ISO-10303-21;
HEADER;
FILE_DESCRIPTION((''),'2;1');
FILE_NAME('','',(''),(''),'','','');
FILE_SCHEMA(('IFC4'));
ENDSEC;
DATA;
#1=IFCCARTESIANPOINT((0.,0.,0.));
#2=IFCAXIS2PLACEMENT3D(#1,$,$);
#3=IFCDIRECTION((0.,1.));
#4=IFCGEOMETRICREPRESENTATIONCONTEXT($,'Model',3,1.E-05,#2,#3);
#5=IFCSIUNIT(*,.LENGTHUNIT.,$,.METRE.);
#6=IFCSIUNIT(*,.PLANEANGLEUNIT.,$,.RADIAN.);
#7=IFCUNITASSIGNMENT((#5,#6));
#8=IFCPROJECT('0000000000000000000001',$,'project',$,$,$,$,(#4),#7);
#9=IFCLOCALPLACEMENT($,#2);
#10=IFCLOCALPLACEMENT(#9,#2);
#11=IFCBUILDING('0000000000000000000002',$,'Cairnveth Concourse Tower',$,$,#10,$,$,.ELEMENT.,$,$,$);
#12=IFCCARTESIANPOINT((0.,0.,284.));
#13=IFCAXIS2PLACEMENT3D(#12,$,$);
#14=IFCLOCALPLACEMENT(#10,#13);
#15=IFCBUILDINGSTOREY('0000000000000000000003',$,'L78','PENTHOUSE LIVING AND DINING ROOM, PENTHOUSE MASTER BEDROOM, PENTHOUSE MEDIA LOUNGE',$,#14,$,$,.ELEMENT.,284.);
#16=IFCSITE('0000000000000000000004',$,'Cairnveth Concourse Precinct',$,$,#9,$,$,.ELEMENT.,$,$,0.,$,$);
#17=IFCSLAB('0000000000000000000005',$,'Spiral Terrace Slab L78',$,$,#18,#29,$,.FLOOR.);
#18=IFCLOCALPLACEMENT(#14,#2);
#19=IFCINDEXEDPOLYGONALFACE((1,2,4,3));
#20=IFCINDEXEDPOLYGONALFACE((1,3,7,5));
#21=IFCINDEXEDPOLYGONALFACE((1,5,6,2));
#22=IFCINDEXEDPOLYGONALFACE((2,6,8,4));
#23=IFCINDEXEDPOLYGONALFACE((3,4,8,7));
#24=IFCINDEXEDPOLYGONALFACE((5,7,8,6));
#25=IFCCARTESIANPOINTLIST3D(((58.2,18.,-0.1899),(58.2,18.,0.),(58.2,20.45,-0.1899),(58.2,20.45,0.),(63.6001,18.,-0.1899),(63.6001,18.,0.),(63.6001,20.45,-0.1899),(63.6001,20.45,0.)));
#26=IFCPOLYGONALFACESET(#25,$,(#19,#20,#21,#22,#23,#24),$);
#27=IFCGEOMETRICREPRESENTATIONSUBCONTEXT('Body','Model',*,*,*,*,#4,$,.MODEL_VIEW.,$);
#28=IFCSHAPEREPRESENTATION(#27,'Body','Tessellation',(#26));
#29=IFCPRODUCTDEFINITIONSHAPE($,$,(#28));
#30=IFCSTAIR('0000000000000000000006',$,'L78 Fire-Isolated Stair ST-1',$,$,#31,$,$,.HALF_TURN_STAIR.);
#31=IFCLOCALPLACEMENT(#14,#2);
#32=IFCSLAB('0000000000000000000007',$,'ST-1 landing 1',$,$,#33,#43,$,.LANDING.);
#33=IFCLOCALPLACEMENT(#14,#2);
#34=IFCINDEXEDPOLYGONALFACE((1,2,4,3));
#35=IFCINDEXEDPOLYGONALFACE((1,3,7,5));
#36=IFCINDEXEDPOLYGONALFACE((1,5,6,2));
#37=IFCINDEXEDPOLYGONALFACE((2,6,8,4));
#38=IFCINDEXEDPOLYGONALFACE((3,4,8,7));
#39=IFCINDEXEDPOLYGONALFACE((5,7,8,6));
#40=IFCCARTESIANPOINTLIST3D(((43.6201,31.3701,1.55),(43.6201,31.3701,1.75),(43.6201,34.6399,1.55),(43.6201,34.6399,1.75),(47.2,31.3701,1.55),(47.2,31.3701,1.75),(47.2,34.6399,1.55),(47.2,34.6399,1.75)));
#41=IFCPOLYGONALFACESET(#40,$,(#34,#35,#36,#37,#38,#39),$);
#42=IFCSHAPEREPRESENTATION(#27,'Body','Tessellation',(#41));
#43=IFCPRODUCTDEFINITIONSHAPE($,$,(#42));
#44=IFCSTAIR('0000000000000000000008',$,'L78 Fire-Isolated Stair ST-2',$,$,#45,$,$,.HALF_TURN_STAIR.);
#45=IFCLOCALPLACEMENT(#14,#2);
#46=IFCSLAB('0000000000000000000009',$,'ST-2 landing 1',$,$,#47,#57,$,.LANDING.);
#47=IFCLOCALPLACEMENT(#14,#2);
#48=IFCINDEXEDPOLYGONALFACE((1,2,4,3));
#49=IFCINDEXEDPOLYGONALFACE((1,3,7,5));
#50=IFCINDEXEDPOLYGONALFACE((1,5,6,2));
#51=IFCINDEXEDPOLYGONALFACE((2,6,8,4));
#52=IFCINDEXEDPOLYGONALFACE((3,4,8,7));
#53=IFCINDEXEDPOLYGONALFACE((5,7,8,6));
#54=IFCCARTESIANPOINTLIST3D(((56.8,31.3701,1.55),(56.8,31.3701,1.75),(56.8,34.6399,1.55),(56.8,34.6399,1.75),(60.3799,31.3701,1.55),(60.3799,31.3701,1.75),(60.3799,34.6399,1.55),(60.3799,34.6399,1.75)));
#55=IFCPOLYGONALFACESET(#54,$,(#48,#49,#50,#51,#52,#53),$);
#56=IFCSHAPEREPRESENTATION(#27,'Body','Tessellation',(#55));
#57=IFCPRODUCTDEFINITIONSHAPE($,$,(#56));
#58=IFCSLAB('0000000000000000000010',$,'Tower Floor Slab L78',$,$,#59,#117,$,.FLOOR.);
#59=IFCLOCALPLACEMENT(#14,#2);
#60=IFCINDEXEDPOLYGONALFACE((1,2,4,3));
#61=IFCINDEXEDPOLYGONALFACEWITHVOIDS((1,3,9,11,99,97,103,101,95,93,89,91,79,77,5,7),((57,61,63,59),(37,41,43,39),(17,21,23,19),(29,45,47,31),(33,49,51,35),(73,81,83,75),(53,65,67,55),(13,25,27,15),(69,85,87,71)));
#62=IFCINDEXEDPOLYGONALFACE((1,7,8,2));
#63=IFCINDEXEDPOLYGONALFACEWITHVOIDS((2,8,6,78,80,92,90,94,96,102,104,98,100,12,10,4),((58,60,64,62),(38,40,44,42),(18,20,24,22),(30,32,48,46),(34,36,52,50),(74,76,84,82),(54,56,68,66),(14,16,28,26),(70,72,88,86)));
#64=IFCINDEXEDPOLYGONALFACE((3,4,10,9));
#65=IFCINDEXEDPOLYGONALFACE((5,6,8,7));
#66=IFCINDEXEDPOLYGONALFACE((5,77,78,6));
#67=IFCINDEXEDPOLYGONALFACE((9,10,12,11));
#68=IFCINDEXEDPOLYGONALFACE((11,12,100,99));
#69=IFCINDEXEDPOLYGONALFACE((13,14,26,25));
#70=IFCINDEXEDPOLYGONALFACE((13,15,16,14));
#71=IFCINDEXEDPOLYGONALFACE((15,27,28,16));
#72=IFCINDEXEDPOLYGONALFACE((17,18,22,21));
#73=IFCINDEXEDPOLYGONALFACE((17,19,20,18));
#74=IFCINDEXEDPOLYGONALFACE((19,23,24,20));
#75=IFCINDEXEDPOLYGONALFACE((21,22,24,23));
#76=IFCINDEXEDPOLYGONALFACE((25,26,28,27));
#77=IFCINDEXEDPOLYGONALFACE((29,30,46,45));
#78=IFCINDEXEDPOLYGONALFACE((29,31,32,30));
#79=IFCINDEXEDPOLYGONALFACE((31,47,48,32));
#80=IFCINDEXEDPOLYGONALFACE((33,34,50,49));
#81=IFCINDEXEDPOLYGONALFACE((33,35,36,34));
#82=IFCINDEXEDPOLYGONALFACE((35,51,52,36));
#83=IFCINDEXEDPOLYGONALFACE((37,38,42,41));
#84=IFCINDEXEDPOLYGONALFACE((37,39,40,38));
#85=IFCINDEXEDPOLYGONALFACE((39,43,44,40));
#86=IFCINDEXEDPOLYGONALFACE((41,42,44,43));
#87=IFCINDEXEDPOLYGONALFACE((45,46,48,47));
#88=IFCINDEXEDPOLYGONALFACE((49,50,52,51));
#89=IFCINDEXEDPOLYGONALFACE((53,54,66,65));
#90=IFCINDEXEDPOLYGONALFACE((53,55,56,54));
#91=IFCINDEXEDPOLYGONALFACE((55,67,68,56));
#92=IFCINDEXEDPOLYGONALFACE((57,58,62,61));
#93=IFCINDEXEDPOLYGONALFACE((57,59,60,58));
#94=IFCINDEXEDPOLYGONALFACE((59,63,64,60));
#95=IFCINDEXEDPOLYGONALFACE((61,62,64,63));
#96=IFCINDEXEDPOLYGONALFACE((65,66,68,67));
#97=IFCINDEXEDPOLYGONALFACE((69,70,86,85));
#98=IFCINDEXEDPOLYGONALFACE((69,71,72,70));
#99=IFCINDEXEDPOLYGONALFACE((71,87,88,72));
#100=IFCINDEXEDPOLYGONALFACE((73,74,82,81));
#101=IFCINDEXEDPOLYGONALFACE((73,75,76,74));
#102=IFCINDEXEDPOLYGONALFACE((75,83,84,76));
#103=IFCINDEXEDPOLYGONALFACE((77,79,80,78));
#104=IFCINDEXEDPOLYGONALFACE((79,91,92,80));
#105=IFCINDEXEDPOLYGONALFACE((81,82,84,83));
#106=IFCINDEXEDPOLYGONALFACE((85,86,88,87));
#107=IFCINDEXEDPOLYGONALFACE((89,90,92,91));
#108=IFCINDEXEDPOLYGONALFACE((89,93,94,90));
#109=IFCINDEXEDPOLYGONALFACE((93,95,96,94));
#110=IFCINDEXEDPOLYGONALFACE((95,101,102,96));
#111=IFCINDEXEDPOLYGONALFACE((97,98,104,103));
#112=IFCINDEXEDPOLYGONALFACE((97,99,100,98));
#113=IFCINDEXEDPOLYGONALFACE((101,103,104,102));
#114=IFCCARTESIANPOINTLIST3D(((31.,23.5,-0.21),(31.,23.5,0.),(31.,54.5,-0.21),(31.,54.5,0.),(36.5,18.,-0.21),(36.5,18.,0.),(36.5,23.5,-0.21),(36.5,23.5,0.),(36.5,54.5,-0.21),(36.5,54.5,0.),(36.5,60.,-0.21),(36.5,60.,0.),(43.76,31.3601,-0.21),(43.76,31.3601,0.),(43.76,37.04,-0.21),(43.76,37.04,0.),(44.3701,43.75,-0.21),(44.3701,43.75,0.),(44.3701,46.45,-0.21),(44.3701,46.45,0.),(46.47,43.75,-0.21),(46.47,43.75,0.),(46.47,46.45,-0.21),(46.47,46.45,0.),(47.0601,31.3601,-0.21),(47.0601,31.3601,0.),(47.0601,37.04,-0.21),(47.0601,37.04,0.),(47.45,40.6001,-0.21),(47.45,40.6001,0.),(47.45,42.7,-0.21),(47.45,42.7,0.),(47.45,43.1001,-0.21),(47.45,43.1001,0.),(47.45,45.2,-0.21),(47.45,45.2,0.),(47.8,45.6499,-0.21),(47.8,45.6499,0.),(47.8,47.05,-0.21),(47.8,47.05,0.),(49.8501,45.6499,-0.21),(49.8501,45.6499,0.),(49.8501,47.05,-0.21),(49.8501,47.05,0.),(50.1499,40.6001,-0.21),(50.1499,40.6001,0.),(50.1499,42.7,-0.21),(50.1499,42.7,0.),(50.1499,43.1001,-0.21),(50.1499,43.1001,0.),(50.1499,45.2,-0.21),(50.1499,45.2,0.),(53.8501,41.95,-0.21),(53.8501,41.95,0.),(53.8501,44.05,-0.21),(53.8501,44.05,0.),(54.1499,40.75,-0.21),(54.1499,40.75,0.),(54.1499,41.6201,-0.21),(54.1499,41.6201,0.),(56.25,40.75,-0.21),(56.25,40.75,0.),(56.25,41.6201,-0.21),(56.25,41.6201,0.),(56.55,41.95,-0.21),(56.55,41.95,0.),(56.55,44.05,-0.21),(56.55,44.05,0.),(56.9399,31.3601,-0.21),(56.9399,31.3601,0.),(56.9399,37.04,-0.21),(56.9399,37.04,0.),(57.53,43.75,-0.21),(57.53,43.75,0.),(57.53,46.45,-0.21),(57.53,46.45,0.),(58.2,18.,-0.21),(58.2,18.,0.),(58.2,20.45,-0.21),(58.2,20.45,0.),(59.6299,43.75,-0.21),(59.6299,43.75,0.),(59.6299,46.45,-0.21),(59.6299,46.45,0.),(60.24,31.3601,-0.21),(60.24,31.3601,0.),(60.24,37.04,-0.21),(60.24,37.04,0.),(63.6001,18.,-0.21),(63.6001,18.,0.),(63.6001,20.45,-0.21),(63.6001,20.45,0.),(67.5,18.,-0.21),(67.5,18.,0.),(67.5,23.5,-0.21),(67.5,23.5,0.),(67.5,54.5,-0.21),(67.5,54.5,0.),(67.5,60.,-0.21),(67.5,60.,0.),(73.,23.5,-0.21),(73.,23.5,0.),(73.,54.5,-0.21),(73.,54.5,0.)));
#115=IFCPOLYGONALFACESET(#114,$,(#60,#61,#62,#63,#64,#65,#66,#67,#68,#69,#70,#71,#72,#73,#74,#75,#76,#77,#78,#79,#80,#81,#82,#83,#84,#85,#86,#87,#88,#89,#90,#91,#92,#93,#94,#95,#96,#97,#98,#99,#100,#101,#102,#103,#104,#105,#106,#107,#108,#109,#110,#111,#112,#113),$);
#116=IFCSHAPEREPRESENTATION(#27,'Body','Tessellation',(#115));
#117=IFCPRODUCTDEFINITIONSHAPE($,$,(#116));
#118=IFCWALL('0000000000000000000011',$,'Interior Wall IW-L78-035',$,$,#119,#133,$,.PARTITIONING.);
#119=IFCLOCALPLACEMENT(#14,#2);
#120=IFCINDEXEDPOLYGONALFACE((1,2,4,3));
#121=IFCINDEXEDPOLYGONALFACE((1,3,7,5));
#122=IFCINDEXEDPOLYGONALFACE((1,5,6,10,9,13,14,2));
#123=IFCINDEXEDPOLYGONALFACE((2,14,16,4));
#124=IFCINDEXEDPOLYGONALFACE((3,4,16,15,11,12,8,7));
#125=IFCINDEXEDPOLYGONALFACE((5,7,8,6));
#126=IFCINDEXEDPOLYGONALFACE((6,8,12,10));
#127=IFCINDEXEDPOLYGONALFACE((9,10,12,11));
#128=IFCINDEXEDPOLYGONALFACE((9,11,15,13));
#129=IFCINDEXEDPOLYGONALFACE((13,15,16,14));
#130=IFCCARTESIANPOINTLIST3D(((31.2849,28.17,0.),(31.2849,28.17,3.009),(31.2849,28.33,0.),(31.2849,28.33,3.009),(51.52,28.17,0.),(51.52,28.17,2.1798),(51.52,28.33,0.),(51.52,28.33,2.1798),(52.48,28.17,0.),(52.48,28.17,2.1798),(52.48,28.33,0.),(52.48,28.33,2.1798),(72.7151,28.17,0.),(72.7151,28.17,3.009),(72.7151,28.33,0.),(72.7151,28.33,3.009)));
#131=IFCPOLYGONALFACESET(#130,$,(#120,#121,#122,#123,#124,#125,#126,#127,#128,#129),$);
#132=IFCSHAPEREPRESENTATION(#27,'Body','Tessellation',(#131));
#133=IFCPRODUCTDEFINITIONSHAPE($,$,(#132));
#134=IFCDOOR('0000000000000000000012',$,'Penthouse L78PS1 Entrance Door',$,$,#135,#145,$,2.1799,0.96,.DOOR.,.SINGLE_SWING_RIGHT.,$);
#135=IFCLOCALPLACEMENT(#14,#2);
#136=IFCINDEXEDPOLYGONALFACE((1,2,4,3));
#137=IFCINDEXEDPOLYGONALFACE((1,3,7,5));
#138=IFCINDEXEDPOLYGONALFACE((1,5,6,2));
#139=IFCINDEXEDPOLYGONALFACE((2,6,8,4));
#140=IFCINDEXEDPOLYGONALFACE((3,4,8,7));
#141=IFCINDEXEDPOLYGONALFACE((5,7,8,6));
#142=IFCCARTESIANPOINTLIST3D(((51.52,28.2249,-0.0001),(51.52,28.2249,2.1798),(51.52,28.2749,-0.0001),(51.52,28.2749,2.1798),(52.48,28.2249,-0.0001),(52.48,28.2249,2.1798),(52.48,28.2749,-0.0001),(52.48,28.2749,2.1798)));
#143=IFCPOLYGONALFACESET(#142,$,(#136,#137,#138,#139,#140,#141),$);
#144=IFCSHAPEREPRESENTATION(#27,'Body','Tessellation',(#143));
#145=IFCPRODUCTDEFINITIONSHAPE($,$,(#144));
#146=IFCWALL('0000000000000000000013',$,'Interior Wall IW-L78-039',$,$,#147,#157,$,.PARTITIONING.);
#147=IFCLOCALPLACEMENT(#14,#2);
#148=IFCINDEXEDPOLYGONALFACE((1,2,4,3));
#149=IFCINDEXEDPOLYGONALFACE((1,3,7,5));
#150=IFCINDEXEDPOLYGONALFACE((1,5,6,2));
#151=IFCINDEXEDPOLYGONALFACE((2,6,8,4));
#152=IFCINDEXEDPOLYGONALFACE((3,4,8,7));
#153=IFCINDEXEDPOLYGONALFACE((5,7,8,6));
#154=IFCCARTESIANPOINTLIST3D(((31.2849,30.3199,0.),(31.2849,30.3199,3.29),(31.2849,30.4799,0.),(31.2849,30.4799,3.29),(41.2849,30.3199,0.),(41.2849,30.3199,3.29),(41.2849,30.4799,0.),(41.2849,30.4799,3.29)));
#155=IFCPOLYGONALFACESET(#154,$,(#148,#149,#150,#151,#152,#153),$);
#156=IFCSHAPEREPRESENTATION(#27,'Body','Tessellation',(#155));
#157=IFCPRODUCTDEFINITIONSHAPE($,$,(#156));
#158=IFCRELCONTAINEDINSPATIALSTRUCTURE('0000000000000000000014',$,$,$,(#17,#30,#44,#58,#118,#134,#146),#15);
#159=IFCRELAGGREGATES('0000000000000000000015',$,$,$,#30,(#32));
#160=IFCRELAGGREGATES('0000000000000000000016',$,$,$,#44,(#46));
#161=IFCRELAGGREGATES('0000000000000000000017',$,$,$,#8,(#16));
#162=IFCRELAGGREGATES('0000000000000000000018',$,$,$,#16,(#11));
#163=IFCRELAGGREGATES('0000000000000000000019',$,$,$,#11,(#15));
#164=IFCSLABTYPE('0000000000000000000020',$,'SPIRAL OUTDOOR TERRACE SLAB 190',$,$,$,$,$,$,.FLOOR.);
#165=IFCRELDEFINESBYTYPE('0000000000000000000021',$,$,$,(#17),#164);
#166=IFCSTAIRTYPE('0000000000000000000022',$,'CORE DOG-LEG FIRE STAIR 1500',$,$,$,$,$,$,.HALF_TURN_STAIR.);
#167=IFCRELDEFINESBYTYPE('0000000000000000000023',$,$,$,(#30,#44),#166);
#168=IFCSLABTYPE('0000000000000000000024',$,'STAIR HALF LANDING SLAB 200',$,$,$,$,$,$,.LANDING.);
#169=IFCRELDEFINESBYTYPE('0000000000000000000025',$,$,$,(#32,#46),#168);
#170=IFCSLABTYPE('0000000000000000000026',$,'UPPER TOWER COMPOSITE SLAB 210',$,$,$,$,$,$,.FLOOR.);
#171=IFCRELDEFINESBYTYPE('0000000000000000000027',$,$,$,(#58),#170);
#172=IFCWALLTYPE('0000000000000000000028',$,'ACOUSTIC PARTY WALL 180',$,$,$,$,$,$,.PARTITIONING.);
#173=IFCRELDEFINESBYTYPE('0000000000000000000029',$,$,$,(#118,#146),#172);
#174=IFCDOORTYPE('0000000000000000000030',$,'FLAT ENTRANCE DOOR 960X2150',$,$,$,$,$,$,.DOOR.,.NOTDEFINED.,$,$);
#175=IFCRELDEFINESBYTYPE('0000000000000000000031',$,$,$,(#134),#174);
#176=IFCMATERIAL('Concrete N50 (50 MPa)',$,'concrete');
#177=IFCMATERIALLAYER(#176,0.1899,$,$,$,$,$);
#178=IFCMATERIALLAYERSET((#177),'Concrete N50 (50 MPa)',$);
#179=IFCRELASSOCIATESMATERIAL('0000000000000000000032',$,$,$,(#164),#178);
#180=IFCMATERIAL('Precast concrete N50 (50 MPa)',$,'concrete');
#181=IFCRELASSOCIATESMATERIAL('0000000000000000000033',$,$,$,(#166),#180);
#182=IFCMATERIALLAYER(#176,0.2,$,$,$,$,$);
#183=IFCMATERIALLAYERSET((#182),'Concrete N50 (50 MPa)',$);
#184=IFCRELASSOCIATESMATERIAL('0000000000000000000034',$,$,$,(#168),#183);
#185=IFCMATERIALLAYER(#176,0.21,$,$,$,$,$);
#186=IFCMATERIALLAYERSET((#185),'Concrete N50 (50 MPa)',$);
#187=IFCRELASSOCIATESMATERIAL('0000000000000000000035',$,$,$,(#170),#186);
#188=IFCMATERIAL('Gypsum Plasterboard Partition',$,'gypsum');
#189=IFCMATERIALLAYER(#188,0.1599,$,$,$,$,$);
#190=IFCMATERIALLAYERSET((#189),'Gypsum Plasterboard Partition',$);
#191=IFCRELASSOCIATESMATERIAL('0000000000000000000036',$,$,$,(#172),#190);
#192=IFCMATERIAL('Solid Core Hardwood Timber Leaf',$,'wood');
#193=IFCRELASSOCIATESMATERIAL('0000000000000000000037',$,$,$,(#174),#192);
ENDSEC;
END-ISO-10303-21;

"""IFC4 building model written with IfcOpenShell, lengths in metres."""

from ifc_helpers import new_model, si_unit, direction, frame, frame_2d, origin, place, context, subcontext, project, spatial, polyline, rectangle, outline, extrude, material, layer, layer_set, type_object, element, fill, aggregate, save


model = new_model("IFC4")

# Units and contexts
model_context = context("Model", 3, precision=1e-05, world=origin(), true_north=direction((0.0, 1.0)))
body_context = subcontext(model_context, "Body", "Model", "MODEL_VIEW")
ifc_project = project(units=[si_unit("LENGTHUNIT", "METRE"), si_unit("PLANEANGLEUNIT", "RADIAN")], contexts=[model_context])

# Site, building, storey
site_placement = place(None, origin())
site = spatial("IfcSite", under=ifc_project, at=site_placement, Name="Cairnveth Concourse Precinct", CompositionType="ELEMENT", RefElevation=0.0)
building_placement = place(site_placement, origin())
building = spatial("IfcBuilding", under=site, at=building_placement, Name="Cairnveth Concourse Tower", CompositionType="ELEMENT")
storey_placement = place(building_placement, frame((0.0, 0.0, 284.0)))
storey = spatial("IfcBuildingStorey", under=building, at=storey_placement, Name="L78", Description="PENTHOUSE LIVING AND DINING ROOM, PENTHOUSE MASTER BEDROOM, PENTHOUSE MEDIA LOUNGE", CompositionType="ELEMENT", Elevation=284.0)

# Slab
ifc_material_1 = material(Name="Concrete N50 (50 MPa)", Category="concrete")
ifc_layer_1 = layer(ifc_material_1, 0.1899)
ifc_layer_set_1 = layer_set([ifc_layer_1], Name="Concrete N50 (50 MPa)")
slab_type_1 = type_object("IfcSlabType", Name="SPIRAL OUTDOOR TERRACE SLAB 190", PredefinedType="FLOOR", material=ifc_layer_set_1)
slab_1_placement = place(storey_placement, frame((0.0, 0.0, -0.1899)))
element("IfcSlab", 1, at=slab_1_placement, inside=storey, type_object=slab_type_1, Name="Spiral Terrace Slab L78", PredefinedType="FLOOR", context=body_context, shape_type="SweptSolid", body=[
    extrude(outline(polyline([(58.2, 18.0), (63.6001, 18.0), (63.6001, 20.45), (58.2, 20.45), (58.2, 18.0)])), origin(), (0.0, 0.0, 1.0), 0.1899),
])

# Stairs, slabs
ifc_material_2 = material(Name="Precast concrete N50 (50 MPa)", Category="concrete")
stair_type = type_object("IfcStairType", Name="CORE DOG-LEG FIRE STAIR 1500", PredefinedType="HALF_TURN_STAIR", material=ifc_material_2)
stair_1_placement = place(storey_placement, origin())
stair_1 = element("IfcStair", 2, at=stair_1_placement, inside=storey, type_object=stair_type, Name="L78 Fire-Isolated Stair ST-1", PredefinedType="HALF_TURN_STAIR")
ifc_layer_2 = layer(ifc_material_1, 0.2)
ifc_layer_set_2 = layer_set([ifc_layer_2], Name="Concrete N50 (50 MPa)")
slab_type_2 = type_object("IfcSlabType", Name="STAIR HALF LANDING SLAB 200", PredefinedType="LANDING", material=ifc_layer_set_2)
slab_2_placement = place(storey_placement, frame((0.0, 0.0, 1.55)))
slab_2 = element("IfcSlab", 3, at=slab_2_placement, type_object=slab_type_2, Name="ST-1 landing 1", PredefinedType="LANDING", context=body_context, shape_type="SweptSolid", body=[
    extrude(outline(polyline([(43.6201, 34.6399), (43.6201, 31.3701), (47.2, 31.3701), (47.2, 34.6399), (43.6201, 34.6399)])), origin(), (0.0, 0.0, 1.0), 0.2),
])
aggregate(stair_1, [slab_2])
stair_2_placement = place(storey_placement, origin())
stair_2 = element("IfcStair", 4, at=stair_2_placement, inside=storey, type_object=stair_type, Name="L78 Fire-Isolated Stair ST-2", PredefinedType="HALF_TURN_STAIR")
slab_3_placement = place(storey_placement, frame((0.0, 0.0, 1.55)))
slab_3 = element("IfcSlab", 5, at=slab_3_placement, type_object=slab_type_2, Name="ST-2 landing 1", PredefinedType="LANDING", context=body_context, shape_type="SweptSolid", body=[
    extrude(outline(polyline([(56.8, 34.6399), (56.8, 31.3701), (60.3799, 31.3701), (60.3799, 34.6399), (56.8, 34.6399)])), origin(), (0.0, 0.0, 1.0), 0.2),
])
aggregate(stair_2, [slab_3])

# Slab
ifc_layer_3 = layer(ifc_material_1, 0.21)
ifc_layer_set_3 = layer_set([ifc_layer_3], Name="Concrete N50 (50 MPa)")
slab_type_3 = type_object("IfcSlabType", Name="UPPER TOWER COMPOSITE SLAB 210", PredefinedType="FLOOR", material=ifc_layer_set_3)
slab_4_placement = place(storey_placement, frame((0.0, 0.0, -0.21)))
element("IfcSlab", 6, at=slab_4_placement, inside=storey, type_object=slab_type_3, Name="Tower Floor Slab L78", PredefinedType="FLOOR", context=body_context, shape_type="SweptSolid", body=[
    extrude(outline(polyline([(58.2, 18.0), (58.2, 20.45), (63.6001, 20.45), (63.6001, 18.0), (67.5, 18.0), (67.5, 23.5), (73.0, 23.5), (73.0, 54.5), (67.5, 54.5), (67.5, 60.0), (36.5, 60.0), (36.5, 54.5), (31.0, 54.5), (31.0, 23.5), (36.5, 23.5), (36.5, 18.0), (58.2, 18.0)]), holes=[polyline([(43.76, 31.3601), (47.0601, 31.3601), (47.0601, 37.04), (43.76, 37.04), (43.76, 31.3601)]), polyline([(56.9399, 31.3601), (60.24, 31.3601), (60.24, 37.04), (56.9399, 37.04), (56.9399, 31.3601)]), polyline([(44.3701, 43.75), (46.47, 43.75), (46.47, 46.45), (44.3701, 46.45), (44.3701, 43.75)]), polyline([(57.53, 43.75), (59.6299, 43.75), (59.6299, 46.45), (57.53, 46.45), (57.53, 43.75)]), polyline([(47.45, 40.6001), (50.1499, 40.6001), (50.1499, 42.7), (47.45, 42.7), (47.45, 40.6001)]), polyline([(47.45, 43.1001), (50.1499, 43.1001), (50.1499, 45.2), (47.45, 45.2), (47.45, 43.1001)]), polyline([(53.8501, 41.95), (56.55, 41.95), (56.55, 44.05), (53.8501, 44.05), (53.8501, 41.95)]), polyline([(47.8, 45.6499), (49.8501, 45.6499), (49.8501, 47.05), (47.8, 47.05), (47.8, 45.6499)]), polyline([(54.1499, 40.75), (56.25, 40.75), (56.25, 41.6201), (54.1499, 41.6201), (54.1499, 40.75)])]), origin(), (0.0, 0.0, 1.0), 0.21),
])

# Wall, opening, door
ifc_material_3 = material(Name="Gypsum Plasterboard Partition", Category="gypsum")
ifc_layer_4 = layer(ifc_material_3, 0.1599)
ifc_layer_set_4 = layer_set([ifc_layer_4], Name="Gypsum Plasterboard Partition")
wall_type_1 = type_object("IfcWallType", Name="ACOUSTIC PARTY WALL 180", PredefinedType="PARTITIONING", material=ifc_layer_set_4)
wall_1_placement = place(storey_placement, frame((31.2849, 28.25, 0.0), z_axis=(0.0, 0.0, 1.0), x_axis=(1.0, 0.0, 0.0)))
wall_1 = element("IfcWall", 7, at=wall_1_placement, inside=storey, type_object=wall_type_1, Name="Interior Wall IW-L78-035", PredefinedType="PARTITIONING", context=body_context, shape_type="SweptSolid", body=[
    extrude(rectangle(XDim=41.4302, YDim=0.1599, at=frame_2d((20.7151, 0.0))), origin(), (0.0, 0.0, 1.0), 3.009),
])
opening_1_placement = place(wall_1_placement, frame((20.2351, 0.0, 0.0)))
opening_1 = element("IfcOpeningElement", 8, at=opening_1_placement, cuts=wall_1, PredefinedType="OPENING", context=body_context, shape_type="SweptSolid", body=[
    extrude(rectangle(XDim=0.96, YDim=2.1799, at=frame_2d((0.48, 1.0898))), frame((0.0, 0.0898, 0.0), z_axis=(0.0, -1.0, 0.0), x_axis=(1.0, 0.0, 0.0)), (0.0, 0.0, 1.0), 0.1799),
])
ifc_material_4 = material(Name="Solid Core Hardwood Timber Leaf", Category="wood")
door_type = type_object("IfcDoorType", Name="FLAT ENTRANCE DOOR 960X2150", OperationType="NOTDEFINED", PredefinedType="DOOR", material=ifc_material_4)
door_placement = place(opening_1_placement, origin())
door = element("IfcDoor", 9, at=door_placement, inside=storey, type_object=door_type, Name="Penthouse L78PS1 Entrance Door", OperationType="SINGLE_SWING_RIGHT", OverallHeight=2.1799, OverallWidth=0.96, PredefinedType="DOOR", context=body_context, shape_type="SweptSolid", body=[
    extrude(rectangle(XDim=0.96, YDim=2.1799, at=frame_2d((0.48, 1.0898))), frame((0.0, 0.0249, 0.0), z_axis=(0.0, -1.0, 0.0), x_axis=(1.0, 0.0, 0.0)), (0.0, 0.0, 1.0), 0.05),
])
fill(opening_1, door)

# Wall
wall_2_placement = place(storey_placement, frame((31.2849, 30.3999, 0.0), z_axis=(0.0, 0.0, 1.0), x_axis=(1.0, 0.0, 0.0)))
element("IfcWall", 10, at=wall_2_placement, inside=storey, type_object=wall_type_1, Name="Interior Wall IW-L78-039", PredefinedType="PARTITIONING", context=body_context, shape_type="SweptSolid", body=[
    extrude(rectangle(XDim=10.0, YDim=0.1599, at=frame_2d((5.0, 0.0))), origin(), (0.0, 0.0, 1.0), 3.29),
])

save(model, "model.ifc")
